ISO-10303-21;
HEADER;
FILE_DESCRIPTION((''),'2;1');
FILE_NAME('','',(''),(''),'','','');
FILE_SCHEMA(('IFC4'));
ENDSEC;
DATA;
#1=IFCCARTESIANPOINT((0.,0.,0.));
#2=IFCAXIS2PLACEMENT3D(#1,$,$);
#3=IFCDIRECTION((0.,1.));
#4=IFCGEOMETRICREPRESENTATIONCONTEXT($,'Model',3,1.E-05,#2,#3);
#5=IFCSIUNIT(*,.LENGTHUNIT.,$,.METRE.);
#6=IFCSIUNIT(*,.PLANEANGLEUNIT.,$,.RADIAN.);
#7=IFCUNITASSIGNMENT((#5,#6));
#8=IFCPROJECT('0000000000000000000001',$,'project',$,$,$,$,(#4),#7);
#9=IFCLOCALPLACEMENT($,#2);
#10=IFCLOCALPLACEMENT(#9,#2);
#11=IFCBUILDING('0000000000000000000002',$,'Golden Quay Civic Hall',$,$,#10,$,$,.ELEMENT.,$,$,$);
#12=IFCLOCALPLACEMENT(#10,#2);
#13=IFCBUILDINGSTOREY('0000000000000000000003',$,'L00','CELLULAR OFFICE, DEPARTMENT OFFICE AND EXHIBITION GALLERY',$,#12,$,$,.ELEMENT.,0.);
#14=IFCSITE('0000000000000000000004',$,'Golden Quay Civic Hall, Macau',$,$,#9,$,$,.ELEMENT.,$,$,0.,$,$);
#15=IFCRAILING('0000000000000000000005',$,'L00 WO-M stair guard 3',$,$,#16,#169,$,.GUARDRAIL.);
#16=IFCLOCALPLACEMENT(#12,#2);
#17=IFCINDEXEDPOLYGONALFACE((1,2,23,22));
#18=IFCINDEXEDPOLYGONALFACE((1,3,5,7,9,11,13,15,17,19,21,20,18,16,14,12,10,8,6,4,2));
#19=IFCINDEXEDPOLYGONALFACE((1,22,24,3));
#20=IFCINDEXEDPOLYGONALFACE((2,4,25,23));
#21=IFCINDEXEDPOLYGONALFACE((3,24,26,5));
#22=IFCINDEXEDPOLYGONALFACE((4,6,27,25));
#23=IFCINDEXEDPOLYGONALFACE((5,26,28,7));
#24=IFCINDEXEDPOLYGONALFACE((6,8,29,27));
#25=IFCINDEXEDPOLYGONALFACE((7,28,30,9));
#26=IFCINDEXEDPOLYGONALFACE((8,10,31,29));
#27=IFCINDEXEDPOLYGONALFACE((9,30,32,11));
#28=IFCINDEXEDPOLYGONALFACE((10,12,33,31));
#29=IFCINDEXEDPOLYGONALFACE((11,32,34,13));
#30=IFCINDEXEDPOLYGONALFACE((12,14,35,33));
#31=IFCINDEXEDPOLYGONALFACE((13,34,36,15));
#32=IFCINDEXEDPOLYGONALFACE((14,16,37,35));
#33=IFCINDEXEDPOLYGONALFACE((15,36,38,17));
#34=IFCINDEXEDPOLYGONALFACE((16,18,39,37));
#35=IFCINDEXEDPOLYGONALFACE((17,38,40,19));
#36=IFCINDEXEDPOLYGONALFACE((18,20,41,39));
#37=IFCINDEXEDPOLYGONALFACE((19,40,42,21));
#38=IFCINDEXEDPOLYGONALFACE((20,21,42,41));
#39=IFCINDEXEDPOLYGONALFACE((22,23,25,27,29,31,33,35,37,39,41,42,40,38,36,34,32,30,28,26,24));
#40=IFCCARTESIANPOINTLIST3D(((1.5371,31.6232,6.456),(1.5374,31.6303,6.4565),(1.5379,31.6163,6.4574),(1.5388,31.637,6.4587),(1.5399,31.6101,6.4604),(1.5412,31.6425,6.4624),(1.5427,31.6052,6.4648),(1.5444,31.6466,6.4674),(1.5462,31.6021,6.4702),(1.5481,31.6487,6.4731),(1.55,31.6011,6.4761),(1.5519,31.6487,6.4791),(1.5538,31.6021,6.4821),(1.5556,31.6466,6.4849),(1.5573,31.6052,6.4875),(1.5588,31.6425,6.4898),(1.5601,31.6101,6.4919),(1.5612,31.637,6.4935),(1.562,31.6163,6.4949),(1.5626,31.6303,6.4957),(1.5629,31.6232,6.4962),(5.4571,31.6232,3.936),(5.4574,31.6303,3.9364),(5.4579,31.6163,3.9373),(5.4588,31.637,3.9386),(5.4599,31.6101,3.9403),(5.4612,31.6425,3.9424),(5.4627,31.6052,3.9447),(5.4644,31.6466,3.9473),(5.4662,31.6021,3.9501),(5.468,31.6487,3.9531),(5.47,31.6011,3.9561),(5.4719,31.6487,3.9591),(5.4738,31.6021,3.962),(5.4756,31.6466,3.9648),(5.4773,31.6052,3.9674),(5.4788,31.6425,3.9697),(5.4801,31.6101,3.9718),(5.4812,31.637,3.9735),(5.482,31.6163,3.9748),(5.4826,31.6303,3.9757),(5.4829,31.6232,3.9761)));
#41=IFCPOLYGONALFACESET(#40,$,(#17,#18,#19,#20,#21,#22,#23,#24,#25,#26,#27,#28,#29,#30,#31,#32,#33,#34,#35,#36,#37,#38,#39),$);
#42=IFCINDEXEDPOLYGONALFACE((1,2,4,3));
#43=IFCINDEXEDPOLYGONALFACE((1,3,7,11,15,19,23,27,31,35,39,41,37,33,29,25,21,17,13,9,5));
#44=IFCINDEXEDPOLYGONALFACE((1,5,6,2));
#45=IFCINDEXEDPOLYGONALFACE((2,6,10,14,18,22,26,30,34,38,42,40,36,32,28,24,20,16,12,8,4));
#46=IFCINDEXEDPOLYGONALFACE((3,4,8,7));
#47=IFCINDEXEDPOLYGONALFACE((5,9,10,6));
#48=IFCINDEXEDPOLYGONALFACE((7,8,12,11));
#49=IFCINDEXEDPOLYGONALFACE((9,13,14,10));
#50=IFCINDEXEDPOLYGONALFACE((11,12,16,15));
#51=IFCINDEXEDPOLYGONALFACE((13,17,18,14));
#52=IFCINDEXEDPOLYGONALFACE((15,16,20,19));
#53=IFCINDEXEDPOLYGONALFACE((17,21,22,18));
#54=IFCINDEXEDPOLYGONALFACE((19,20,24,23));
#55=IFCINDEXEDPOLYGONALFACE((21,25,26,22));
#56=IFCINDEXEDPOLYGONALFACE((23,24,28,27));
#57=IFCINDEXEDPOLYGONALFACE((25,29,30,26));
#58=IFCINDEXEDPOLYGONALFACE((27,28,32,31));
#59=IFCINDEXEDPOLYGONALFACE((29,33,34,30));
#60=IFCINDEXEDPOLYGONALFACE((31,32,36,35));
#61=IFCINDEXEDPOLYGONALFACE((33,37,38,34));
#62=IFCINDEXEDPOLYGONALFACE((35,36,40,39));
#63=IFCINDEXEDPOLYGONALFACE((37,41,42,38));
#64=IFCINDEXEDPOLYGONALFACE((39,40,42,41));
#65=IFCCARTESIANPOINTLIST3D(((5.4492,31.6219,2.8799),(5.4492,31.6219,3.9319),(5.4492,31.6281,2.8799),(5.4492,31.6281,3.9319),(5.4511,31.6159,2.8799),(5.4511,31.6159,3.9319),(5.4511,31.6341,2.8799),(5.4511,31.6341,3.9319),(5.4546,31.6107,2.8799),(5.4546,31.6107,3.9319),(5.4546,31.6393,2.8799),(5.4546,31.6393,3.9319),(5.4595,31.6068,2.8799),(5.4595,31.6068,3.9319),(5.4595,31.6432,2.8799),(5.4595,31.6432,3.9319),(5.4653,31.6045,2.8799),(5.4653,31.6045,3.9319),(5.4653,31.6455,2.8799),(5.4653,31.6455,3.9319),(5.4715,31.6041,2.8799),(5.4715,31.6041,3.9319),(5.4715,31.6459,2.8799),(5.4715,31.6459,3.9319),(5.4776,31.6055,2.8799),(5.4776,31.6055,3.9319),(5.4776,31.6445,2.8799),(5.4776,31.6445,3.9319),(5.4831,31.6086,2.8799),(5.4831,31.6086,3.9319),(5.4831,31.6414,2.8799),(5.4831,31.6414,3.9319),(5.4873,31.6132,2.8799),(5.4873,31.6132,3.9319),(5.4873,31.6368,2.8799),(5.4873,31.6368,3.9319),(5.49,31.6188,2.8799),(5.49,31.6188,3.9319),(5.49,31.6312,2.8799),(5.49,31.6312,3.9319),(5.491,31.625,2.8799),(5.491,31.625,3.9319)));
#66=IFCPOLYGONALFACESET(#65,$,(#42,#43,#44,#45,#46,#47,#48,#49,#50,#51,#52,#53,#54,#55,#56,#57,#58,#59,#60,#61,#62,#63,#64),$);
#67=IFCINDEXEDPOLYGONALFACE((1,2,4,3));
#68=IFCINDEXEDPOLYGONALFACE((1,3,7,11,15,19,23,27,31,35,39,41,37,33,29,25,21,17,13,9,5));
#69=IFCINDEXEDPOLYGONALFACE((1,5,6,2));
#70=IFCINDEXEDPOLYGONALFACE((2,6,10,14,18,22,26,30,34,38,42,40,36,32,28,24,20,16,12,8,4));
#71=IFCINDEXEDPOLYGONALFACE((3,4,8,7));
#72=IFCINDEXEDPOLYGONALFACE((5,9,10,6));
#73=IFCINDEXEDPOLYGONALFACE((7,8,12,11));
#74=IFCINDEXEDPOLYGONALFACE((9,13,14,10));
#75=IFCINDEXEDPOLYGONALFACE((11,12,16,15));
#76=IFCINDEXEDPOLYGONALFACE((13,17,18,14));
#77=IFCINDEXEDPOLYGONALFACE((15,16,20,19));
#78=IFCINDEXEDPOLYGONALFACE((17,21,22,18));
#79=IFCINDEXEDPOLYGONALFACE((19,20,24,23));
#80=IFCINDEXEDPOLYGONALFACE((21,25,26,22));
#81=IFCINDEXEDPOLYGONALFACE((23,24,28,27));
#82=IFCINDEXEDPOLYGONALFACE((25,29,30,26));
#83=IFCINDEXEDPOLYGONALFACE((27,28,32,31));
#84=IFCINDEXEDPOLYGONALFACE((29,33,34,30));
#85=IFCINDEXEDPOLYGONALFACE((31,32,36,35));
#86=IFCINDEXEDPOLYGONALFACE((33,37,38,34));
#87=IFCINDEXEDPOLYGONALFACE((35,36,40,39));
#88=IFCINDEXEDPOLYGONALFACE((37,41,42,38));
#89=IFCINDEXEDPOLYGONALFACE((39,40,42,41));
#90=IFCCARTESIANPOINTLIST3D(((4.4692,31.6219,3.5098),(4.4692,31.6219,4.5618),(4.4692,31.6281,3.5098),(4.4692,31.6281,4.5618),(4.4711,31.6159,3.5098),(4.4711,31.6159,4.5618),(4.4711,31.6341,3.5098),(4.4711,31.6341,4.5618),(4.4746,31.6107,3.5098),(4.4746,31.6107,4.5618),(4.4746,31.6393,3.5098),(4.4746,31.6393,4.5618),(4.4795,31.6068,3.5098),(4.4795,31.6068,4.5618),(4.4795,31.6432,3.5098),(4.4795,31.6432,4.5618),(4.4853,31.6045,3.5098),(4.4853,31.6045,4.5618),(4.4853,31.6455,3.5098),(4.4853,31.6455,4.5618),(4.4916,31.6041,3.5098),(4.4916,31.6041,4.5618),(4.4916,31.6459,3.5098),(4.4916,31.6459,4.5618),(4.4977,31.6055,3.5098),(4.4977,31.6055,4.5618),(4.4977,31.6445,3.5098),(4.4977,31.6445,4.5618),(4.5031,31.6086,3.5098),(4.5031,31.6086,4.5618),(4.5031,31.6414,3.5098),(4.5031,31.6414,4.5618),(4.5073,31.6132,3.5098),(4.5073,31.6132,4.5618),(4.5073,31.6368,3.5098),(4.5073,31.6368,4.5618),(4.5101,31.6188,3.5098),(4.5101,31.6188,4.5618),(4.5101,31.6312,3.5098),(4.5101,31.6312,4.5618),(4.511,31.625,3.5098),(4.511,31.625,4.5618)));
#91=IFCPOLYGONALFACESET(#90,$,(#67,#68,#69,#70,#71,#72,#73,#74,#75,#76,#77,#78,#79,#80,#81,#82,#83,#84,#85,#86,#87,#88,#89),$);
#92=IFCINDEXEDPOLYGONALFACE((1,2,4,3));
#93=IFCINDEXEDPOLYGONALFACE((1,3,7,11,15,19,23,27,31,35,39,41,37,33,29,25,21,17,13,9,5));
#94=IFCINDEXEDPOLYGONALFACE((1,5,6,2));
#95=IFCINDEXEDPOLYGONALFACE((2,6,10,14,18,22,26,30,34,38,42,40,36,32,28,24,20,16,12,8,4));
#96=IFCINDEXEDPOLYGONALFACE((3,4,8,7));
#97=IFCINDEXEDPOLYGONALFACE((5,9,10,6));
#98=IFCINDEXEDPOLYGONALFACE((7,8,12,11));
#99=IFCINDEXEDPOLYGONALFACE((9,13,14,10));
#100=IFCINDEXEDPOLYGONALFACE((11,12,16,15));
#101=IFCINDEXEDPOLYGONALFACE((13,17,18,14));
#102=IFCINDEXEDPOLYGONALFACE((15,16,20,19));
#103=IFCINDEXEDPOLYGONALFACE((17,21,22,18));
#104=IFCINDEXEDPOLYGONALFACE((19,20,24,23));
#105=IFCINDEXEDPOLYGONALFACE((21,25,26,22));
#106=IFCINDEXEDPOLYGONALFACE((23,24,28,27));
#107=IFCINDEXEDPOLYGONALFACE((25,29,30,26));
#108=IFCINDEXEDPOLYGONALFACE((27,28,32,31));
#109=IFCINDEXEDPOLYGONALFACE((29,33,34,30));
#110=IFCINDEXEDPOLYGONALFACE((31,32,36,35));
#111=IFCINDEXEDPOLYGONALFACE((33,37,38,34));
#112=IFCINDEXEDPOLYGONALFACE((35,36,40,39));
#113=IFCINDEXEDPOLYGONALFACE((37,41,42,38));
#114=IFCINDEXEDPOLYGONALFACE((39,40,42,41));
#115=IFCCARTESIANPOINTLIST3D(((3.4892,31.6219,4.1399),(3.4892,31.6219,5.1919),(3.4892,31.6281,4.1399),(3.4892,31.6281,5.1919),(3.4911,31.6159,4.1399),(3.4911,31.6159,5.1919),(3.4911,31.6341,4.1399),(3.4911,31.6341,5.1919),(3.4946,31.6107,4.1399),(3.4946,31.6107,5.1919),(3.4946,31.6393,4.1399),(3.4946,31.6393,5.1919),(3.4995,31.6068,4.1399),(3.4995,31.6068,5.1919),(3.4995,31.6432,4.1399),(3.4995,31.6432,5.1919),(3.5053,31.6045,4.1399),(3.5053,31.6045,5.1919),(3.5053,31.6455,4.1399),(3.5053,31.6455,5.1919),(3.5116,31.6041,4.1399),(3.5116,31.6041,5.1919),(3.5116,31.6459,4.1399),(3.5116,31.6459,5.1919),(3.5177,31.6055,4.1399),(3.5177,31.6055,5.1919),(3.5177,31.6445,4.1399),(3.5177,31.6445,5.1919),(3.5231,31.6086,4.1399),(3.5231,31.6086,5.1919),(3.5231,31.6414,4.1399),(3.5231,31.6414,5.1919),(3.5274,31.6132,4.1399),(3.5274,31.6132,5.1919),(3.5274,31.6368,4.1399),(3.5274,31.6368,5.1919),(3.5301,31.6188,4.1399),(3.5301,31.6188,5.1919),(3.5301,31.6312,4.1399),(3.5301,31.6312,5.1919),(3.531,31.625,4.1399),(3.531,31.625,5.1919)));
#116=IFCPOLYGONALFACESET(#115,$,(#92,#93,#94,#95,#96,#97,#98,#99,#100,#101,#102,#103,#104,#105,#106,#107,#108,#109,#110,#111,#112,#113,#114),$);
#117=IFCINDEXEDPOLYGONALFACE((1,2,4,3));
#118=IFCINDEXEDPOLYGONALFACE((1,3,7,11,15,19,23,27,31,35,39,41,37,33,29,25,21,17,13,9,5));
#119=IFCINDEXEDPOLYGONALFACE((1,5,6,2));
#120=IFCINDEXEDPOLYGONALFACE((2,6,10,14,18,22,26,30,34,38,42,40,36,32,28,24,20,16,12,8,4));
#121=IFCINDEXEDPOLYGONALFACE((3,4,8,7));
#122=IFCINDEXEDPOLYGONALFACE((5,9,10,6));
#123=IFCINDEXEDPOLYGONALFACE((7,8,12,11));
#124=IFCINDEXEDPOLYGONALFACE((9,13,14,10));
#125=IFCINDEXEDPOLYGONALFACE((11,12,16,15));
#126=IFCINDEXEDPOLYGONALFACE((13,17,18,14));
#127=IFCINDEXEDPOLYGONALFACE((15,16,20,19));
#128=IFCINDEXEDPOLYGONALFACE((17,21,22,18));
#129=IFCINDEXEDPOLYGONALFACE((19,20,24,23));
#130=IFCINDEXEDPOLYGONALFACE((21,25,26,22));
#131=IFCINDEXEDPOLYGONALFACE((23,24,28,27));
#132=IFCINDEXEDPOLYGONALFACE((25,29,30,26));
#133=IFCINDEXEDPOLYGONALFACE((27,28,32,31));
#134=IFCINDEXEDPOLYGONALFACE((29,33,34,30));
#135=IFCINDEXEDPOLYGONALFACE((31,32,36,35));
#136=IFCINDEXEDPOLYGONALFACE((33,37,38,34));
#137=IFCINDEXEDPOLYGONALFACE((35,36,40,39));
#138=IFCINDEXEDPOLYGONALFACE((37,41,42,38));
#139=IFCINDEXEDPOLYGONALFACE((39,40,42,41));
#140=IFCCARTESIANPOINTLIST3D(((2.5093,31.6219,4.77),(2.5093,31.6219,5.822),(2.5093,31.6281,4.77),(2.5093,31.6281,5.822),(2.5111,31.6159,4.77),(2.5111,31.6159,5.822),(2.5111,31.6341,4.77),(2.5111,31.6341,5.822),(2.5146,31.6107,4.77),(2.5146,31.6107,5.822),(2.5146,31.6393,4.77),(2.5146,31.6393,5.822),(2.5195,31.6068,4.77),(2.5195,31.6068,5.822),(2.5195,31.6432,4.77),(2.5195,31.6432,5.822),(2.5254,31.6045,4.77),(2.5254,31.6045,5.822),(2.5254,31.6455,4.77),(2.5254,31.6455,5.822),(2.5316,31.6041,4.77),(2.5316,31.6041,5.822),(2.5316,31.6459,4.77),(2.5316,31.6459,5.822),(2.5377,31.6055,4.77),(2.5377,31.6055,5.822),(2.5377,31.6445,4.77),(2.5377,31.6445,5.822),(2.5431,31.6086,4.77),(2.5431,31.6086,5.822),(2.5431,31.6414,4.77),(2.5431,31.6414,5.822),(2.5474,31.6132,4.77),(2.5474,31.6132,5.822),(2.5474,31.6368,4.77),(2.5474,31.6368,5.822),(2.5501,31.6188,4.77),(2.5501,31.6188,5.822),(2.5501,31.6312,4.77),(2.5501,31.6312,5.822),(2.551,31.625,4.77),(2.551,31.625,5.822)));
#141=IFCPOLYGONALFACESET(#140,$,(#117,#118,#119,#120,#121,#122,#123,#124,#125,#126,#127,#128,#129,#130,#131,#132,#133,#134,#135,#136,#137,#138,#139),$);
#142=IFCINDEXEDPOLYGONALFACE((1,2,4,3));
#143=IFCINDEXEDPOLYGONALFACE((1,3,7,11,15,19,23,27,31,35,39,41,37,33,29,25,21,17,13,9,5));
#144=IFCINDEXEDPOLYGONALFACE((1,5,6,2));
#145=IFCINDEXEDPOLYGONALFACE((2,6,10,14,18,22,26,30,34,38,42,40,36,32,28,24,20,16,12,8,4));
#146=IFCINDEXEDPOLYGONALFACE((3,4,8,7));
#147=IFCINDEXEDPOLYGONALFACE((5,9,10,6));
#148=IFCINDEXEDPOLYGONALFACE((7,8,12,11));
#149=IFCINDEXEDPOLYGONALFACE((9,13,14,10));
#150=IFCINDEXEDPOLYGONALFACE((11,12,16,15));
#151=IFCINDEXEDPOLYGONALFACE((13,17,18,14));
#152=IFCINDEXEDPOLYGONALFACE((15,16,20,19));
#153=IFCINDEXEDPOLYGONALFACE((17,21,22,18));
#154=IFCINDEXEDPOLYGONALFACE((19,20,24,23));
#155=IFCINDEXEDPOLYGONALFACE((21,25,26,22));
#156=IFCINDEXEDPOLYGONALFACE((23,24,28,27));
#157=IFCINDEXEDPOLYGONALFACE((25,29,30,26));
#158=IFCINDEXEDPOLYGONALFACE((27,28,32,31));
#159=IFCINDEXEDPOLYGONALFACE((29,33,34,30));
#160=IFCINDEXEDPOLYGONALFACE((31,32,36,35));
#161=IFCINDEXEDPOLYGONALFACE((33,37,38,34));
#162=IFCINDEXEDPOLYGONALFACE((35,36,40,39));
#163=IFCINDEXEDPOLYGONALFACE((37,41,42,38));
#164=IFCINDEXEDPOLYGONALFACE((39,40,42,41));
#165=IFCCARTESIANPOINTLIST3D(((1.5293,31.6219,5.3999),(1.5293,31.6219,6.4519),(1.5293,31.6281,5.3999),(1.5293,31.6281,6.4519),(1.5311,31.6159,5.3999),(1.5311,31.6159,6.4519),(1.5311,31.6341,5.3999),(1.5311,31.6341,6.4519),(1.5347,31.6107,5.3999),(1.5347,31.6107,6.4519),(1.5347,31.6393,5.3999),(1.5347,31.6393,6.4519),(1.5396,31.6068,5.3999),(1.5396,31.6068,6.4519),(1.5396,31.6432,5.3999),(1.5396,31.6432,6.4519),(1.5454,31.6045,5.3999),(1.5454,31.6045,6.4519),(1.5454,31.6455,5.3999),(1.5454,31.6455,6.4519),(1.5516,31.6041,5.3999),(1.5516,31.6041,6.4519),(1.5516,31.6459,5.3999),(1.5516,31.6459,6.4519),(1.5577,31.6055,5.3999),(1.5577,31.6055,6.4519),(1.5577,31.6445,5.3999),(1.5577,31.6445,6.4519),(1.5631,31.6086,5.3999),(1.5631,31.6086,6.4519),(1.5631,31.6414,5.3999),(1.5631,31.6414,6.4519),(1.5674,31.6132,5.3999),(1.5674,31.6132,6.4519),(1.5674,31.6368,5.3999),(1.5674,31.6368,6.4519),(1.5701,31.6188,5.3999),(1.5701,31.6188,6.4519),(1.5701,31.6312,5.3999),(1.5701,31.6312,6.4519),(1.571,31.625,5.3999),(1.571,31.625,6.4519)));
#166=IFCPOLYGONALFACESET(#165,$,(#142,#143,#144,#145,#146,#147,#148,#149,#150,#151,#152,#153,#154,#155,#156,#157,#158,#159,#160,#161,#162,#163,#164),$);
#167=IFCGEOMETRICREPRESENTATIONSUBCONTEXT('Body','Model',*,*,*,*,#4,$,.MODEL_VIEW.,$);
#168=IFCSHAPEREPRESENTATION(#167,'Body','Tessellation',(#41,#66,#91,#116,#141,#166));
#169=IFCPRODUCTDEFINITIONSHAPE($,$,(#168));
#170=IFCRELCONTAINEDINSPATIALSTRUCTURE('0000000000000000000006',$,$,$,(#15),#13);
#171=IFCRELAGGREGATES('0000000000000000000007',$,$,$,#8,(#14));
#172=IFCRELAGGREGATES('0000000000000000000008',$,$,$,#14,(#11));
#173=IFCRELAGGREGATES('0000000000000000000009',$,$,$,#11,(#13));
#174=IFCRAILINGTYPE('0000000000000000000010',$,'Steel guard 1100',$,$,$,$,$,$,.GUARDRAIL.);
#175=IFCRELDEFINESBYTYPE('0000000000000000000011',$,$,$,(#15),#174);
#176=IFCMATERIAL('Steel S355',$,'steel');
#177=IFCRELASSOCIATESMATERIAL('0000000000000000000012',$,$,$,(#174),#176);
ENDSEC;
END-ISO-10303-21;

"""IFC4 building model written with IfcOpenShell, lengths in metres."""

from ifc_helpers import new_model, si_unit, direction, frame, origin, origin_2d, place, context, subcontext, project, spatial, circle, extrude, material, type_object, element, save


model = new_model("IFC4")

# Units and contexts
model_context = context("Model", 3, precision=1e-05, world=origin(), true_north=direction((0.0, 1.0)))
body_context = subcontext(model_context, "Body", "Model", "MODEL_VIEW")
ifc_project = project(units=[si_unit("LENGTHUNIT", "METRE"), si_unit("PLANEANGLEUNIT", "RADIAN")], contexts=[model_context])

# Site, building, storey
site_placement = place(None, origin())
site = spatial("IfcSite", under=ifc_project, at=site_placement, Name="Golden Quay Civic Hall, Macau", CompositionType="ELEMENT", RefElevation=0.0)
building_placement = place(site_placement, origin())
building = spatial("IfcBuilding", under=site, at=building_placement, Name="Golden Quay Civic Hall", CompositionType="ELEMENT")
storey_placement = place(building_placement, origin())
storey = spatial("IfcBuildingStorey", under=building, at=storey_placement, Name="L00", Description="CELLULAR OFFICE, DEPARTMENT OFFICE AND EXHIBITION GALLERY", CompositionType="ELEMENT", Elevation=0.0)

# Railing
ifc_material_1 = material(Name="Steel S355", Category="steel")
railing_type_1 = type_object("IfcRailingType", Name="Steel guard 1100", PredefinedType="GUARDRAIL", material=ifc_material_1)
railing_1_placement = place(storey_placement, frame((5.47, 31.625, 2.8799)))
element("IfcRailing", 1, at=railing_1_placement, inside=storey, type_object=railing_type_1, Name="L00 WO-M stair guard 3", PredefinedType="GUARDRAIL", context=body_context, shape_type="SweptSolid", body=[
    extrude(circle(Radius=0.0239, at=origin_2d()), frame((0.0, 0.0, 1.0762), z_axis=(-0.841172, 0.0, 0.540768), x_axis=(0.0, -1.0, 0.0)), (0.0, 0.0, 1.0), 4.6602),
    extrude(circle(Radius=0.021, at=origin_2d()), origin(), (0.0, 0.0, 1.0), 1.052),
    extrude(circle(Radius=0.021, at=origin_2d()), frame((-0.98, 0.0, 0.6299)), (0.0, 0.0, 1.0), 1.052),
    extrude(circle(Radius=0.021, at=origin_2d()), frame((-1.96, 0.0, 1.26)), (0.0, 0.0, 1.0), 1.052),
    extrude(circle(Radius=0.021, at=origin_2d()), frame((-2.9399, 0.0, 1.8901)), (0.0, 0.0, 1.0), 1.052),
    extrude(circle(Radius=0.021, at=origin_2d()), frame((-3.9199, 0.0, 2.52)), (0.0, 0.0, 1.0), 1.052),
])

save(model, "model.ifc")
